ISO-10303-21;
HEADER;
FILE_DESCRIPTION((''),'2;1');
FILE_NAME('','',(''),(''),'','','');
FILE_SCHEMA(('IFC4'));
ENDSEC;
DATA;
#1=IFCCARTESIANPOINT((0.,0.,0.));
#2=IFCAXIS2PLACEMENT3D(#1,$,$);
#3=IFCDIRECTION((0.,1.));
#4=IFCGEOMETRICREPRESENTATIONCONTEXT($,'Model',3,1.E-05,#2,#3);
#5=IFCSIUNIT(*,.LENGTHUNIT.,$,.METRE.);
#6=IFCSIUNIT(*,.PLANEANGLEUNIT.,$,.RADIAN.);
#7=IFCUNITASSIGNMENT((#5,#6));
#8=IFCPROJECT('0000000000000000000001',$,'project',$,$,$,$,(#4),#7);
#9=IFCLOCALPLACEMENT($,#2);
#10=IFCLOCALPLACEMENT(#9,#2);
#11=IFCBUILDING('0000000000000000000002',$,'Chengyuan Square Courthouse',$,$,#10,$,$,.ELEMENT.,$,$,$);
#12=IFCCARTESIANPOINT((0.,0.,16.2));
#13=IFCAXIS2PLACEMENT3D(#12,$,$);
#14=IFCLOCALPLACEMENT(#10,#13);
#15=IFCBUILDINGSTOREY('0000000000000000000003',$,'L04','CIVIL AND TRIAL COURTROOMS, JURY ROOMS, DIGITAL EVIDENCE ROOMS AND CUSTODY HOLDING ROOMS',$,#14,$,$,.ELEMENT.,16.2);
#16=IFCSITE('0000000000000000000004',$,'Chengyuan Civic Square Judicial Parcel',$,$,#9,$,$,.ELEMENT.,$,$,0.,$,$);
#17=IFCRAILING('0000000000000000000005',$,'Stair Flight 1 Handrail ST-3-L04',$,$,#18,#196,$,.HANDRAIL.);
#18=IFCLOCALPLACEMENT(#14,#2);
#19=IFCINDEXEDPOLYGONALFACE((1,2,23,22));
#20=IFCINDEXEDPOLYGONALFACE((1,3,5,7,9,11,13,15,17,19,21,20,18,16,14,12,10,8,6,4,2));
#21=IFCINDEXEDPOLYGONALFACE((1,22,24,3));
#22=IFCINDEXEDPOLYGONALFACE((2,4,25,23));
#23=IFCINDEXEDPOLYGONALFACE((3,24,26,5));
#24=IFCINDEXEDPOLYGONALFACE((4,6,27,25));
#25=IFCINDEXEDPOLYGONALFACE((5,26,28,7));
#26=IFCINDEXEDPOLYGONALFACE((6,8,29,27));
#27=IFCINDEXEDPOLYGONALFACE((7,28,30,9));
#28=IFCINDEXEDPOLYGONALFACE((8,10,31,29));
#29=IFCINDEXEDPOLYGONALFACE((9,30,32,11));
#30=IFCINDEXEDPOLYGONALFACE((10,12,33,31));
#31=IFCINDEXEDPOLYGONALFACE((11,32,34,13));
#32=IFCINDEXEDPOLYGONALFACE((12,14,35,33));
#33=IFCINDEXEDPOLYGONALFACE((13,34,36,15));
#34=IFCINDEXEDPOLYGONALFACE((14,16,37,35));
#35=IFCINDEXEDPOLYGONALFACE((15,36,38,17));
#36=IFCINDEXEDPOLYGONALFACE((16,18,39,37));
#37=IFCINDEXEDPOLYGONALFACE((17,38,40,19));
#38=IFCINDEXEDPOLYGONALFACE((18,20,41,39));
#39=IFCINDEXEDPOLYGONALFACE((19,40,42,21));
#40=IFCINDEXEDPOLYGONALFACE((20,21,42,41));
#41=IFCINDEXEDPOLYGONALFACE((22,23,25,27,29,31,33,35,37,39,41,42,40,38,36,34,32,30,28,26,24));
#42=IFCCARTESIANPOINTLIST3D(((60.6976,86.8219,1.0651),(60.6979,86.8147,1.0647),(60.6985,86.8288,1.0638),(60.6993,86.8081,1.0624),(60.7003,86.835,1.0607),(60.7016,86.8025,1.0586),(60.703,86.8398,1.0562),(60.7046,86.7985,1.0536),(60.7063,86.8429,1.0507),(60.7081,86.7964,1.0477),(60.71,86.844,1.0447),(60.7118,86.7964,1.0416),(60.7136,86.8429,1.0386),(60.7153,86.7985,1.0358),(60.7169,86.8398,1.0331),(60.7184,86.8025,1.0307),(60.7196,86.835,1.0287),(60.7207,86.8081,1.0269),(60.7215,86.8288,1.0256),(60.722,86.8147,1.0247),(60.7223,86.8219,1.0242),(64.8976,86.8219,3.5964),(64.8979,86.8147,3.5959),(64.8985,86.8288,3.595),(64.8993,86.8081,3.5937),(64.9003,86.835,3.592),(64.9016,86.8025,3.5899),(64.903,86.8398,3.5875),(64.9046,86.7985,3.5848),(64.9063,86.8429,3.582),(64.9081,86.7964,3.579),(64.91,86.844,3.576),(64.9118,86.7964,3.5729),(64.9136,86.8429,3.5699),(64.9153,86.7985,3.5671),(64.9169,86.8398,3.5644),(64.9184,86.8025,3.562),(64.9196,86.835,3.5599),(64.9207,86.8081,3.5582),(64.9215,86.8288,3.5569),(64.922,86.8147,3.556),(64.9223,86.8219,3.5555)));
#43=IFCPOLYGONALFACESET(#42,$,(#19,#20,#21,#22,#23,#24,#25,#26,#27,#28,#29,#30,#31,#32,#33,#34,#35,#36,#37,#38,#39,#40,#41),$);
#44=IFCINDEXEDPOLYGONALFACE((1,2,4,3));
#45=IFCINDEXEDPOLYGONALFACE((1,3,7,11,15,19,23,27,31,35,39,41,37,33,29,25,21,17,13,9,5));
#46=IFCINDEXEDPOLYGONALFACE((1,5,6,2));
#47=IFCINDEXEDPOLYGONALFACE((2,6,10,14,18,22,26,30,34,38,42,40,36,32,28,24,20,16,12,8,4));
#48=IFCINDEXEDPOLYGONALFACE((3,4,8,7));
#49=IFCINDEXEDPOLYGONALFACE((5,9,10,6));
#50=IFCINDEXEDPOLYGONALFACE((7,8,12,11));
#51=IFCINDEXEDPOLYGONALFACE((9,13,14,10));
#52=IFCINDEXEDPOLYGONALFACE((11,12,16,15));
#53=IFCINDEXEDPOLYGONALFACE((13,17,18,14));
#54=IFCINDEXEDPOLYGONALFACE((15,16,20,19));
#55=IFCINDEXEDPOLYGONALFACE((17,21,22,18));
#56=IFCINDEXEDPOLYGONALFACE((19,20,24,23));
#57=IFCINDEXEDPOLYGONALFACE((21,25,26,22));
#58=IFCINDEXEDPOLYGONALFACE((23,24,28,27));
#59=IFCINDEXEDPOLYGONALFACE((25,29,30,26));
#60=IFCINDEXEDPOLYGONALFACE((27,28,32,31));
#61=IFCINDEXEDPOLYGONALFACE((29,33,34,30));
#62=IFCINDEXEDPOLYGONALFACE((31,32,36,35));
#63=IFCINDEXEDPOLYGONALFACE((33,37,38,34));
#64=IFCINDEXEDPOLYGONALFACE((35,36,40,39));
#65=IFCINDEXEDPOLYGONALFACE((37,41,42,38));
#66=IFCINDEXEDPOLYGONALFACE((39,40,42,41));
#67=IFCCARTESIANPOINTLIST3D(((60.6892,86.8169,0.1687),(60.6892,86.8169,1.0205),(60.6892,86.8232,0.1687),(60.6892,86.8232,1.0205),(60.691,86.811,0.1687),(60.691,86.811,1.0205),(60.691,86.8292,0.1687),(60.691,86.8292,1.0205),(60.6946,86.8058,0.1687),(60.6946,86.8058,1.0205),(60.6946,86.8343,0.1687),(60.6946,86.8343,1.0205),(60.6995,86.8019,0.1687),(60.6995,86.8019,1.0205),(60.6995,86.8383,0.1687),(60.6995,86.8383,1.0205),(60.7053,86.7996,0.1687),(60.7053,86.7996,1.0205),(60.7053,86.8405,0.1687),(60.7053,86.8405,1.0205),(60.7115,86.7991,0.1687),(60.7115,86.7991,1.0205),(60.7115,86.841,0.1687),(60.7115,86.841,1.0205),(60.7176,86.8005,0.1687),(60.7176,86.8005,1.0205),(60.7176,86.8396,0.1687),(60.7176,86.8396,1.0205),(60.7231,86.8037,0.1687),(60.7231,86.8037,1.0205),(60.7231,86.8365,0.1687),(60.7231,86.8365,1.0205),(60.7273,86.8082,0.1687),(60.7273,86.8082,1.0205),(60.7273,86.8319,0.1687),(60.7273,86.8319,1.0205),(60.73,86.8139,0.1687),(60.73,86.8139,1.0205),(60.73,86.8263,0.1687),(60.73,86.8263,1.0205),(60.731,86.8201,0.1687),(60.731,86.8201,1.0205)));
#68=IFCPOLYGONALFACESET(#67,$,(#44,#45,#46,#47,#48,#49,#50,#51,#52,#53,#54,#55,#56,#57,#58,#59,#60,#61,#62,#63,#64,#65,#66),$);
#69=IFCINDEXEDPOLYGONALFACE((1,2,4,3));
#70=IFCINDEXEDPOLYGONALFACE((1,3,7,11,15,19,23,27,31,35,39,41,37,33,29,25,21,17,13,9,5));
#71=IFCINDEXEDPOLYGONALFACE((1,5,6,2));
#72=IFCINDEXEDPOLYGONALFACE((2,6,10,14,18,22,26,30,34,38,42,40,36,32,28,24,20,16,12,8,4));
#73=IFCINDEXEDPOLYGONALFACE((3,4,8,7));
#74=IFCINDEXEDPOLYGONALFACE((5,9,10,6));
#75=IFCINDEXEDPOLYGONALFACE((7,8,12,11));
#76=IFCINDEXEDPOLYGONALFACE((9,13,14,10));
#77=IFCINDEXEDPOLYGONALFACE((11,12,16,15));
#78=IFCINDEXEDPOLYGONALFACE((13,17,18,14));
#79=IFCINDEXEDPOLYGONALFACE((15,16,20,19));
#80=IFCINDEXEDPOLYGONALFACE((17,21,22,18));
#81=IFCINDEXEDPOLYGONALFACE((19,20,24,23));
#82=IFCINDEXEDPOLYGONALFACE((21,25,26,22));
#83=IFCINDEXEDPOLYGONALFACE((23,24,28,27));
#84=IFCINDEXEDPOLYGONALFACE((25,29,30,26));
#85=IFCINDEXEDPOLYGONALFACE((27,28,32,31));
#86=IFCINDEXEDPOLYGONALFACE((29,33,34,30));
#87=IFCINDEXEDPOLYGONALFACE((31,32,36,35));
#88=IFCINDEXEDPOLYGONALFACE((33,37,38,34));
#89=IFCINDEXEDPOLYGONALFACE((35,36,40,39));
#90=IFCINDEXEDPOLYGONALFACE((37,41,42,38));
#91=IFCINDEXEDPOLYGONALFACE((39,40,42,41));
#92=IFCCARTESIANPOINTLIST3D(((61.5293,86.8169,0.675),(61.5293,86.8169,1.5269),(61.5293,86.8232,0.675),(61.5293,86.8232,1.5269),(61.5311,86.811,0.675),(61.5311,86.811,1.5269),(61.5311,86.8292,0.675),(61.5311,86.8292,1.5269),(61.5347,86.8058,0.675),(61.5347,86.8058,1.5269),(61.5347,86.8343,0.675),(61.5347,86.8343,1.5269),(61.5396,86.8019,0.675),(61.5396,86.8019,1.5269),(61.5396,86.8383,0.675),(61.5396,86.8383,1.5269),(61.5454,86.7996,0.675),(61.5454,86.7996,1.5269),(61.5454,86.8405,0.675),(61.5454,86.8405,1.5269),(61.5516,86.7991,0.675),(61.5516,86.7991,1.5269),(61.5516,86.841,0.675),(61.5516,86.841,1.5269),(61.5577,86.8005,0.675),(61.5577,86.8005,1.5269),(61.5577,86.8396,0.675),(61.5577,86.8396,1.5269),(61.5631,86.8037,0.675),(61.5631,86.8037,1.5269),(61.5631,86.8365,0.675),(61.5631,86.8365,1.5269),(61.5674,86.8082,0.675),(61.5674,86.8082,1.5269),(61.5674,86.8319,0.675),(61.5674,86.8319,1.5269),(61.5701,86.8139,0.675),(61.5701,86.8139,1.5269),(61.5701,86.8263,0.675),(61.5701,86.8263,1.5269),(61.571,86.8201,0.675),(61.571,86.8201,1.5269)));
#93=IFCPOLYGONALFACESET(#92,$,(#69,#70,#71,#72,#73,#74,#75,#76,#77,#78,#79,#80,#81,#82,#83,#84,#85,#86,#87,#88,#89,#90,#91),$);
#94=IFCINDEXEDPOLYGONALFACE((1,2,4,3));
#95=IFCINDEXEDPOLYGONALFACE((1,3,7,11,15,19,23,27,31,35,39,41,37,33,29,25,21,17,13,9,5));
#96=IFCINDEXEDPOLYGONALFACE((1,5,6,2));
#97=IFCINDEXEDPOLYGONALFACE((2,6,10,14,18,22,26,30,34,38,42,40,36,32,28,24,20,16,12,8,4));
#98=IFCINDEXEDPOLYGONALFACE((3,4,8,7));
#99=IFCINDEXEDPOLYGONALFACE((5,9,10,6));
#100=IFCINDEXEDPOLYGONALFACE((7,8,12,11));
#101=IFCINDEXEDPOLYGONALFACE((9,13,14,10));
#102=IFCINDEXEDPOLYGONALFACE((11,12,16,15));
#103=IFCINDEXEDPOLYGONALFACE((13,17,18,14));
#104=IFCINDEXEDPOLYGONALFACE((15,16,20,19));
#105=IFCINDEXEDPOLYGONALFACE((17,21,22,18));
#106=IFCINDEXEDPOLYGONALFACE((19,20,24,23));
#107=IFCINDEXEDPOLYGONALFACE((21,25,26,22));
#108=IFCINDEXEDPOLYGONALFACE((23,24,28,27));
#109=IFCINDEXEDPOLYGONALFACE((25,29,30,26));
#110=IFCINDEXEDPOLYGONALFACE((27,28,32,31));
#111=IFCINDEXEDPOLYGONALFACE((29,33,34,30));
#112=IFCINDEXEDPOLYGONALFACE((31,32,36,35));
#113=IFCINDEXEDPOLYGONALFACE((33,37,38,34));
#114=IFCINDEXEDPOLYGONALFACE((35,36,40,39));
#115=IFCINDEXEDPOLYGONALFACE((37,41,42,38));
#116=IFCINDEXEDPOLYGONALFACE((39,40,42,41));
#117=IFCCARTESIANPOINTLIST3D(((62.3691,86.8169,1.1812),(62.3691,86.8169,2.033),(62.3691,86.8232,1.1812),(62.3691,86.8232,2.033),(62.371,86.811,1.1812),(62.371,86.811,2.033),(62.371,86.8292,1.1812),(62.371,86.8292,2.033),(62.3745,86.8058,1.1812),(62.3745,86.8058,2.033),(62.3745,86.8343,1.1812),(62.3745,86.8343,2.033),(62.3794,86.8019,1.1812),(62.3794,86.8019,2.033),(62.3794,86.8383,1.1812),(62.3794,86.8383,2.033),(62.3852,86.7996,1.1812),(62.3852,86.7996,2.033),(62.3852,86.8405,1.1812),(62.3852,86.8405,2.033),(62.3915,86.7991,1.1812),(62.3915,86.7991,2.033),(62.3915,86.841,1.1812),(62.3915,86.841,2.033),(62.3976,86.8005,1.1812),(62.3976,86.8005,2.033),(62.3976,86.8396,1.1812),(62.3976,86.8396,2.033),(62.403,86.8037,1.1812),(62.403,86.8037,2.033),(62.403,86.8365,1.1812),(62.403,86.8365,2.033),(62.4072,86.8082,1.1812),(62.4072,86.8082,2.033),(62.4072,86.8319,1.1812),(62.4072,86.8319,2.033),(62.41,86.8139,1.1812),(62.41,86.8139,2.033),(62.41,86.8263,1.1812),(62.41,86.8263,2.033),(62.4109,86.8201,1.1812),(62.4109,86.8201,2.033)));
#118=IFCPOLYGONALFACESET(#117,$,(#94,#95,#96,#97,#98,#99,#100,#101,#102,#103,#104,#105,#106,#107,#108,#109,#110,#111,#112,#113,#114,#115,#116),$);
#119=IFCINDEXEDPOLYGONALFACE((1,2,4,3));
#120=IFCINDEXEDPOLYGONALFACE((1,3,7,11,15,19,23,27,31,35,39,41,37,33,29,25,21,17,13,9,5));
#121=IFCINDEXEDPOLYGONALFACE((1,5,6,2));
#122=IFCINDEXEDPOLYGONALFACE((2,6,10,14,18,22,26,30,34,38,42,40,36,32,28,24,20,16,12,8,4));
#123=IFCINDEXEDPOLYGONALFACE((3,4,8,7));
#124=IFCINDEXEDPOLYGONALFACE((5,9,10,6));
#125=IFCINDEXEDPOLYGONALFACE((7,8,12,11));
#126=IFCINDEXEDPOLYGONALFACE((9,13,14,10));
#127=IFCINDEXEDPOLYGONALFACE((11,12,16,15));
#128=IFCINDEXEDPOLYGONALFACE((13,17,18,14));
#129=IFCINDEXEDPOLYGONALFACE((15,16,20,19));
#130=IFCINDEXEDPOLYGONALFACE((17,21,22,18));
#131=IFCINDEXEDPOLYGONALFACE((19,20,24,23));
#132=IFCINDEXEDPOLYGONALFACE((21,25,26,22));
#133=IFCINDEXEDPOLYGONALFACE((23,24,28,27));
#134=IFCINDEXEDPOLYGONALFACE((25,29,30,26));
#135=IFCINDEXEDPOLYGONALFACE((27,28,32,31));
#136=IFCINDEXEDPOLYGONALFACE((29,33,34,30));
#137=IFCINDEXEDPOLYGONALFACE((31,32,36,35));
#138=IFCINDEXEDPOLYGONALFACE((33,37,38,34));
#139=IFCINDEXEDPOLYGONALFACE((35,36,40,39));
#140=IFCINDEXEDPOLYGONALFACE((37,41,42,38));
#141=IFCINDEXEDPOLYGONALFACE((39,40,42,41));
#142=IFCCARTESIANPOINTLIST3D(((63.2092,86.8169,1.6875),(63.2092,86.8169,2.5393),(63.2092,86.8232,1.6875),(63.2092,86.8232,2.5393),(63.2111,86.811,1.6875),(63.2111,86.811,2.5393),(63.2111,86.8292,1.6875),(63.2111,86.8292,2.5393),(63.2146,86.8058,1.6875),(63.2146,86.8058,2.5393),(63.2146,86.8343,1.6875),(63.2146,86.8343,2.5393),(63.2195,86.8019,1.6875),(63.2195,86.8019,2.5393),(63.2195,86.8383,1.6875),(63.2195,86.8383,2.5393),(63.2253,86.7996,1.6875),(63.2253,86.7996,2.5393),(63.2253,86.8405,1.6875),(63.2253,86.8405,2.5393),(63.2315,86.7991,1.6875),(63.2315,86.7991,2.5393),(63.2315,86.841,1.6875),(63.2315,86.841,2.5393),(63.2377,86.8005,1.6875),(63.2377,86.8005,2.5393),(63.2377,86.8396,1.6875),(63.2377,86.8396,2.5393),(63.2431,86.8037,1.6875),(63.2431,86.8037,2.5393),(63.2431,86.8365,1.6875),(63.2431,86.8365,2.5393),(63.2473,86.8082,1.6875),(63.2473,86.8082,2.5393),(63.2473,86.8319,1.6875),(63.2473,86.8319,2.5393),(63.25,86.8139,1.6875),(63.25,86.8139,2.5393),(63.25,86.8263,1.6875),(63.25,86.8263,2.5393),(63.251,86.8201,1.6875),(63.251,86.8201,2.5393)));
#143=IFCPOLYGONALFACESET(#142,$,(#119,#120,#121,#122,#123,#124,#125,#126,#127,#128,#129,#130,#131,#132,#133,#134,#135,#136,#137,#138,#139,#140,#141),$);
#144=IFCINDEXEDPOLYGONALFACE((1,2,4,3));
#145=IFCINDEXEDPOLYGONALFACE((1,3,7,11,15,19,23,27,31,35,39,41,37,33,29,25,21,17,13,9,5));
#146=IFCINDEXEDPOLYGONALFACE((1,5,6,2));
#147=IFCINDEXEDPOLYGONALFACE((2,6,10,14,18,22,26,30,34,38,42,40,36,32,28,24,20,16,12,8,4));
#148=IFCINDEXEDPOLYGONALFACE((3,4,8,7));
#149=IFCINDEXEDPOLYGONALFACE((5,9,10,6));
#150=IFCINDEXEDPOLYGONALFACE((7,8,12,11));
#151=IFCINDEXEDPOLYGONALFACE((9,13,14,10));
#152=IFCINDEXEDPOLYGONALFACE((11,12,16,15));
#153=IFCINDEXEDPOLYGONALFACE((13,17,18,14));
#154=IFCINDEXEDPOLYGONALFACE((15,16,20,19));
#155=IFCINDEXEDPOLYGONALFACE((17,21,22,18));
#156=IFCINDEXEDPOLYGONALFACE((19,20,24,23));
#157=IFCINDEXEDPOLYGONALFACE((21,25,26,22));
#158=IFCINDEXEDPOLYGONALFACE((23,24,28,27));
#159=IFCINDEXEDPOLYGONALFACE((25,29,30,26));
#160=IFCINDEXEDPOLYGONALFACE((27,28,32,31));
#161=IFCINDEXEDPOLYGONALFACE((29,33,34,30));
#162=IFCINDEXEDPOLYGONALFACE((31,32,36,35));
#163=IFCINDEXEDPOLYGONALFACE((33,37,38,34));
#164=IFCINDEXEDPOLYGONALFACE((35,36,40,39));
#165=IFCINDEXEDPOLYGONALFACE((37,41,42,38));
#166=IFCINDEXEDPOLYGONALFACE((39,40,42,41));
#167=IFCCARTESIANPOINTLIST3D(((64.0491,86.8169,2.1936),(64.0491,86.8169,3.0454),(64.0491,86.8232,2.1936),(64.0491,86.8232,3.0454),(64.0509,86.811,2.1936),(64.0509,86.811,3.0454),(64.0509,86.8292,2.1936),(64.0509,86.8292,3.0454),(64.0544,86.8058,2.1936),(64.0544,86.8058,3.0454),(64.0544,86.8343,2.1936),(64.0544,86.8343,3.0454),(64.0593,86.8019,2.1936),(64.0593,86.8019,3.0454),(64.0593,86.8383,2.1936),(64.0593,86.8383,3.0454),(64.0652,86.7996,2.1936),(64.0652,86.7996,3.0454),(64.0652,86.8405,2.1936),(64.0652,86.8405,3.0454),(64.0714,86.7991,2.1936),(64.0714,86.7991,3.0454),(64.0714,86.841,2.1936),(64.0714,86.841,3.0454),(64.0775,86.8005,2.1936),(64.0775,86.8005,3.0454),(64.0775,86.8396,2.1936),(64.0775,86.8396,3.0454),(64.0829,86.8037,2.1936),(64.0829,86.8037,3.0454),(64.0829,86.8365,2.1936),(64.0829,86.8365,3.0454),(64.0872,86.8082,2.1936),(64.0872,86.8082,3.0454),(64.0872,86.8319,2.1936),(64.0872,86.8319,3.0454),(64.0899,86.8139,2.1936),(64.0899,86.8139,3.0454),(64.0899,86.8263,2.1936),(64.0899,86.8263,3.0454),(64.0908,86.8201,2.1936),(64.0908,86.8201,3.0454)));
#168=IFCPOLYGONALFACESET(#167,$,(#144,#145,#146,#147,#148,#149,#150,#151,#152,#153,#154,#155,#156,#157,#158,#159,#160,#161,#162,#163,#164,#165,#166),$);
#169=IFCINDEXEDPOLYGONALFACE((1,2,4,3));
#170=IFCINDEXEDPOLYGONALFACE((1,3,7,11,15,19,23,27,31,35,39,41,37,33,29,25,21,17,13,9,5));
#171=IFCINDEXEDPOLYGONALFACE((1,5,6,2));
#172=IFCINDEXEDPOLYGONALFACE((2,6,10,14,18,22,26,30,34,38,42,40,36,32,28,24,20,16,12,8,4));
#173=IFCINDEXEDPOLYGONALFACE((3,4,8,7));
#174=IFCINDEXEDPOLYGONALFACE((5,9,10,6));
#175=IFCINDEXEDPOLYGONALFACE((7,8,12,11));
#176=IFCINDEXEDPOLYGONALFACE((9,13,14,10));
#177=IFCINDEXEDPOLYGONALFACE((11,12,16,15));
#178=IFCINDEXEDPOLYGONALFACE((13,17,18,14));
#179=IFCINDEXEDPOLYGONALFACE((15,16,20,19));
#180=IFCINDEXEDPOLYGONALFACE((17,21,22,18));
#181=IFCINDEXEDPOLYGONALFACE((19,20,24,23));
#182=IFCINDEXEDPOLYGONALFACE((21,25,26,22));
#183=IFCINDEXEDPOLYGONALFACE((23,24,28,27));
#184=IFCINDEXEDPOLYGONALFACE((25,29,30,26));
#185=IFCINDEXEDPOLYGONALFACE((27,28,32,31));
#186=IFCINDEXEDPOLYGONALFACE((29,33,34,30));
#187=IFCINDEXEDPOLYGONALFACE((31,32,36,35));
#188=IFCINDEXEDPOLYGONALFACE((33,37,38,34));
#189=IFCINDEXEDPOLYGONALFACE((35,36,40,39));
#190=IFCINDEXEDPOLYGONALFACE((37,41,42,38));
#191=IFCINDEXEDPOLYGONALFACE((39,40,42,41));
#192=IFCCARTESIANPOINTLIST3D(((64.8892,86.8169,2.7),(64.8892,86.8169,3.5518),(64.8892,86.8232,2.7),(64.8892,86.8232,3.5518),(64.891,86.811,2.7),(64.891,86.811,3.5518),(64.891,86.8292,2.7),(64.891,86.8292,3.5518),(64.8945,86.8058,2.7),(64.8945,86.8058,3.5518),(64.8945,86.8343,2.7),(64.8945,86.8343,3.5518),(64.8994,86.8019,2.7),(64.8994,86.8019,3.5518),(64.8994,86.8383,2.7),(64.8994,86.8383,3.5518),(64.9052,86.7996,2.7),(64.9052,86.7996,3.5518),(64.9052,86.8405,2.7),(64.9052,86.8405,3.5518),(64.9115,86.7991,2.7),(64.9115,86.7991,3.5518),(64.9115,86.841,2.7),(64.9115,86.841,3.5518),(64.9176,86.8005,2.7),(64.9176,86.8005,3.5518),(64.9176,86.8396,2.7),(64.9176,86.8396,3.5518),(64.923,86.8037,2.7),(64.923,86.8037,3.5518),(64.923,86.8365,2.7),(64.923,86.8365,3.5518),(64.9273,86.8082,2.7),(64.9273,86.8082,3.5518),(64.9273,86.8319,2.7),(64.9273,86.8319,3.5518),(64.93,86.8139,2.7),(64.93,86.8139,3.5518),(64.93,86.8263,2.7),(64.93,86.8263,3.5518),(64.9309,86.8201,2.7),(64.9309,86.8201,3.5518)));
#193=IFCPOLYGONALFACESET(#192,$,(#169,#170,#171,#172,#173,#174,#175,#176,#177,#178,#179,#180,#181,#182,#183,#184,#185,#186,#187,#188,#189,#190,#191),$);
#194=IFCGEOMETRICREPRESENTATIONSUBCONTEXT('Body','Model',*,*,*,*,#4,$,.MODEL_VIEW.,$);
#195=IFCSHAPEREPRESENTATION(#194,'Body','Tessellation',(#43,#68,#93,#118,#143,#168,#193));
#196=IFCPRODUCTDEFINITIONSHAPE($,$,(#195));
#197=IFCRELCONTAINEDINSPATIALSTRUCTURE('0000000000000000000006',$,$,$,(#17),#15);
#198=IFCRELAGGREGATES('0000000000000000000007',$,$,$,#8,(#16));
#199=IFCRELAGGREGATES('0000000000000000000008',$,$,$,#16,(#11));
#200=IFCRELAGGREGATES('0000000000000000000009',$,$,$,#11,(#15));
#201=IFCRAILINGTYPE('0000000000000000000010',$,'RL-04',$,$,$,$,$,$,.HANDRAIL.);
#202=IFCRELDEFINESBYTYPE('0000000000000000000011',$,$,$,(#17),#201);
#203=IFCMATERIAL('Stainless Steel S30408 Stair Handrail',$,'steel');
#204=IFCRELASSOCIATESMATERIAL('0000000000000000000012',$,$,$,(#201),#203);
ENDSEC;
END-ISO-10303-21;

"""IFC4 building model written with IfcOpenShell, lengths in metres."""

from ifc_helpers import new_model, si_unit, direction, frame, origin, origin_2d, place, context, subcontext, project, spatial, circle, extrude, material, type_object, element, save


model = new_model("IFC4")

# Units and contexts
model_context = context("Model", 3, precision=1e-05, world=origin(), true_north=direction((0.0, 1.0)))
body_context = subcontext(model_context, "Body", "Model", "MODEL_VIEW")
ifc_project = project(units=[si_unit("LENGTHUNIT", "METRE"), si_unit("PLANEANGLEUNIT", "RADIAN")], contexts=[model_context])

# Site, building, storey
site_placement = place(None, origin())
site = spatial("IfcSite", under=ifc_project, at=site_placement, Name="Chengyuan Civic Square Judicial Parcel", CompositionType="ELEMENT", RefElevation=0.0)
building_placement = place(site_placement, origin())
building = spatial("IfcBuilding", under=site, at=building_placement, Name="Chengyuan Square Courthouse", CompositionType="ELEMENT")
storey_placement = place(building_placement, frame((0.0, 0.0, 16.2)))
storey = spatial("IfcBuildingStorey", under=building, at=storey_placement, Name="L04", Description="CIVIL AND TRIAL COURTROOMS, JURY ROOMS, DIGITAL EVIDENCE ROOMS AND CUSTODY HOLDING ROOMS", CompositionType="ELEMENT", Elevation=16.2)

# Railing
ifc_material_1 = material(Name="Stainless Steel S30408 Stair Handrail", Category="steel")
railing_type_1 = type_object("IfcRailingType", Name="RL-04", PredefinedType="HANDRAIL", material=ifc_material_1)
railing_1_placement = place(storey_placement, frame((60.71, 86.8201, 0.1687)))
element("IfcRailing", 1, at=railing_1_placement, inside=storey, type_object=railing_type_1, Name="Stair Flight 1 Handrail ST-3-L04", PredefinedType="HANDRAIL", context=body_context, shape_type="SweptSolid", body=[
    extrude(circle(Radius=0.0239, at=origin_2d()), frame((0.0, 0.0, 0.876), z_axis=(0.856476, 0.0, 0.516186), x_axis=(0.0, 1.0, 0.0)), (0.0, 0.0, 1.0), 4.9038),
    extrude(circle(Radius=0.021, at=origin_2d()), origin(), (0.0, 0.0, 1.0), 0.8518),
    extrude(circle(Radius=0.021, at=origin_2d()), frame((0.8401, 0.0, 0.5063)), (0.0, 0.0, 1.0), 0.8518),
    extrude(circle(Radius=0.021, at=origin_2d()), frame((1.6799, 0.0, 1.0125)), (0.0, 0.0, 1.0), 0.8518),
    extrude(circle(Radius=0.021, at=origin_2d()), frame((2.52, 0.0, 1.5188)), (0.0, 0.0, 1.0), 0.8518),
    extrude(circle(Radius=0.021, at=origin_2d()), frame((3.3599, 0.0, 2.0249)), (0.0, 0.0, 1.0), 0.8518),
    extrude(circle(Radius=0.021, at=origin_2d()), frame((4.2, 0.0, 2.5312)), (0.0, 0.0, 1.0), 0.8518),
])

save(model, "model.ifc")
